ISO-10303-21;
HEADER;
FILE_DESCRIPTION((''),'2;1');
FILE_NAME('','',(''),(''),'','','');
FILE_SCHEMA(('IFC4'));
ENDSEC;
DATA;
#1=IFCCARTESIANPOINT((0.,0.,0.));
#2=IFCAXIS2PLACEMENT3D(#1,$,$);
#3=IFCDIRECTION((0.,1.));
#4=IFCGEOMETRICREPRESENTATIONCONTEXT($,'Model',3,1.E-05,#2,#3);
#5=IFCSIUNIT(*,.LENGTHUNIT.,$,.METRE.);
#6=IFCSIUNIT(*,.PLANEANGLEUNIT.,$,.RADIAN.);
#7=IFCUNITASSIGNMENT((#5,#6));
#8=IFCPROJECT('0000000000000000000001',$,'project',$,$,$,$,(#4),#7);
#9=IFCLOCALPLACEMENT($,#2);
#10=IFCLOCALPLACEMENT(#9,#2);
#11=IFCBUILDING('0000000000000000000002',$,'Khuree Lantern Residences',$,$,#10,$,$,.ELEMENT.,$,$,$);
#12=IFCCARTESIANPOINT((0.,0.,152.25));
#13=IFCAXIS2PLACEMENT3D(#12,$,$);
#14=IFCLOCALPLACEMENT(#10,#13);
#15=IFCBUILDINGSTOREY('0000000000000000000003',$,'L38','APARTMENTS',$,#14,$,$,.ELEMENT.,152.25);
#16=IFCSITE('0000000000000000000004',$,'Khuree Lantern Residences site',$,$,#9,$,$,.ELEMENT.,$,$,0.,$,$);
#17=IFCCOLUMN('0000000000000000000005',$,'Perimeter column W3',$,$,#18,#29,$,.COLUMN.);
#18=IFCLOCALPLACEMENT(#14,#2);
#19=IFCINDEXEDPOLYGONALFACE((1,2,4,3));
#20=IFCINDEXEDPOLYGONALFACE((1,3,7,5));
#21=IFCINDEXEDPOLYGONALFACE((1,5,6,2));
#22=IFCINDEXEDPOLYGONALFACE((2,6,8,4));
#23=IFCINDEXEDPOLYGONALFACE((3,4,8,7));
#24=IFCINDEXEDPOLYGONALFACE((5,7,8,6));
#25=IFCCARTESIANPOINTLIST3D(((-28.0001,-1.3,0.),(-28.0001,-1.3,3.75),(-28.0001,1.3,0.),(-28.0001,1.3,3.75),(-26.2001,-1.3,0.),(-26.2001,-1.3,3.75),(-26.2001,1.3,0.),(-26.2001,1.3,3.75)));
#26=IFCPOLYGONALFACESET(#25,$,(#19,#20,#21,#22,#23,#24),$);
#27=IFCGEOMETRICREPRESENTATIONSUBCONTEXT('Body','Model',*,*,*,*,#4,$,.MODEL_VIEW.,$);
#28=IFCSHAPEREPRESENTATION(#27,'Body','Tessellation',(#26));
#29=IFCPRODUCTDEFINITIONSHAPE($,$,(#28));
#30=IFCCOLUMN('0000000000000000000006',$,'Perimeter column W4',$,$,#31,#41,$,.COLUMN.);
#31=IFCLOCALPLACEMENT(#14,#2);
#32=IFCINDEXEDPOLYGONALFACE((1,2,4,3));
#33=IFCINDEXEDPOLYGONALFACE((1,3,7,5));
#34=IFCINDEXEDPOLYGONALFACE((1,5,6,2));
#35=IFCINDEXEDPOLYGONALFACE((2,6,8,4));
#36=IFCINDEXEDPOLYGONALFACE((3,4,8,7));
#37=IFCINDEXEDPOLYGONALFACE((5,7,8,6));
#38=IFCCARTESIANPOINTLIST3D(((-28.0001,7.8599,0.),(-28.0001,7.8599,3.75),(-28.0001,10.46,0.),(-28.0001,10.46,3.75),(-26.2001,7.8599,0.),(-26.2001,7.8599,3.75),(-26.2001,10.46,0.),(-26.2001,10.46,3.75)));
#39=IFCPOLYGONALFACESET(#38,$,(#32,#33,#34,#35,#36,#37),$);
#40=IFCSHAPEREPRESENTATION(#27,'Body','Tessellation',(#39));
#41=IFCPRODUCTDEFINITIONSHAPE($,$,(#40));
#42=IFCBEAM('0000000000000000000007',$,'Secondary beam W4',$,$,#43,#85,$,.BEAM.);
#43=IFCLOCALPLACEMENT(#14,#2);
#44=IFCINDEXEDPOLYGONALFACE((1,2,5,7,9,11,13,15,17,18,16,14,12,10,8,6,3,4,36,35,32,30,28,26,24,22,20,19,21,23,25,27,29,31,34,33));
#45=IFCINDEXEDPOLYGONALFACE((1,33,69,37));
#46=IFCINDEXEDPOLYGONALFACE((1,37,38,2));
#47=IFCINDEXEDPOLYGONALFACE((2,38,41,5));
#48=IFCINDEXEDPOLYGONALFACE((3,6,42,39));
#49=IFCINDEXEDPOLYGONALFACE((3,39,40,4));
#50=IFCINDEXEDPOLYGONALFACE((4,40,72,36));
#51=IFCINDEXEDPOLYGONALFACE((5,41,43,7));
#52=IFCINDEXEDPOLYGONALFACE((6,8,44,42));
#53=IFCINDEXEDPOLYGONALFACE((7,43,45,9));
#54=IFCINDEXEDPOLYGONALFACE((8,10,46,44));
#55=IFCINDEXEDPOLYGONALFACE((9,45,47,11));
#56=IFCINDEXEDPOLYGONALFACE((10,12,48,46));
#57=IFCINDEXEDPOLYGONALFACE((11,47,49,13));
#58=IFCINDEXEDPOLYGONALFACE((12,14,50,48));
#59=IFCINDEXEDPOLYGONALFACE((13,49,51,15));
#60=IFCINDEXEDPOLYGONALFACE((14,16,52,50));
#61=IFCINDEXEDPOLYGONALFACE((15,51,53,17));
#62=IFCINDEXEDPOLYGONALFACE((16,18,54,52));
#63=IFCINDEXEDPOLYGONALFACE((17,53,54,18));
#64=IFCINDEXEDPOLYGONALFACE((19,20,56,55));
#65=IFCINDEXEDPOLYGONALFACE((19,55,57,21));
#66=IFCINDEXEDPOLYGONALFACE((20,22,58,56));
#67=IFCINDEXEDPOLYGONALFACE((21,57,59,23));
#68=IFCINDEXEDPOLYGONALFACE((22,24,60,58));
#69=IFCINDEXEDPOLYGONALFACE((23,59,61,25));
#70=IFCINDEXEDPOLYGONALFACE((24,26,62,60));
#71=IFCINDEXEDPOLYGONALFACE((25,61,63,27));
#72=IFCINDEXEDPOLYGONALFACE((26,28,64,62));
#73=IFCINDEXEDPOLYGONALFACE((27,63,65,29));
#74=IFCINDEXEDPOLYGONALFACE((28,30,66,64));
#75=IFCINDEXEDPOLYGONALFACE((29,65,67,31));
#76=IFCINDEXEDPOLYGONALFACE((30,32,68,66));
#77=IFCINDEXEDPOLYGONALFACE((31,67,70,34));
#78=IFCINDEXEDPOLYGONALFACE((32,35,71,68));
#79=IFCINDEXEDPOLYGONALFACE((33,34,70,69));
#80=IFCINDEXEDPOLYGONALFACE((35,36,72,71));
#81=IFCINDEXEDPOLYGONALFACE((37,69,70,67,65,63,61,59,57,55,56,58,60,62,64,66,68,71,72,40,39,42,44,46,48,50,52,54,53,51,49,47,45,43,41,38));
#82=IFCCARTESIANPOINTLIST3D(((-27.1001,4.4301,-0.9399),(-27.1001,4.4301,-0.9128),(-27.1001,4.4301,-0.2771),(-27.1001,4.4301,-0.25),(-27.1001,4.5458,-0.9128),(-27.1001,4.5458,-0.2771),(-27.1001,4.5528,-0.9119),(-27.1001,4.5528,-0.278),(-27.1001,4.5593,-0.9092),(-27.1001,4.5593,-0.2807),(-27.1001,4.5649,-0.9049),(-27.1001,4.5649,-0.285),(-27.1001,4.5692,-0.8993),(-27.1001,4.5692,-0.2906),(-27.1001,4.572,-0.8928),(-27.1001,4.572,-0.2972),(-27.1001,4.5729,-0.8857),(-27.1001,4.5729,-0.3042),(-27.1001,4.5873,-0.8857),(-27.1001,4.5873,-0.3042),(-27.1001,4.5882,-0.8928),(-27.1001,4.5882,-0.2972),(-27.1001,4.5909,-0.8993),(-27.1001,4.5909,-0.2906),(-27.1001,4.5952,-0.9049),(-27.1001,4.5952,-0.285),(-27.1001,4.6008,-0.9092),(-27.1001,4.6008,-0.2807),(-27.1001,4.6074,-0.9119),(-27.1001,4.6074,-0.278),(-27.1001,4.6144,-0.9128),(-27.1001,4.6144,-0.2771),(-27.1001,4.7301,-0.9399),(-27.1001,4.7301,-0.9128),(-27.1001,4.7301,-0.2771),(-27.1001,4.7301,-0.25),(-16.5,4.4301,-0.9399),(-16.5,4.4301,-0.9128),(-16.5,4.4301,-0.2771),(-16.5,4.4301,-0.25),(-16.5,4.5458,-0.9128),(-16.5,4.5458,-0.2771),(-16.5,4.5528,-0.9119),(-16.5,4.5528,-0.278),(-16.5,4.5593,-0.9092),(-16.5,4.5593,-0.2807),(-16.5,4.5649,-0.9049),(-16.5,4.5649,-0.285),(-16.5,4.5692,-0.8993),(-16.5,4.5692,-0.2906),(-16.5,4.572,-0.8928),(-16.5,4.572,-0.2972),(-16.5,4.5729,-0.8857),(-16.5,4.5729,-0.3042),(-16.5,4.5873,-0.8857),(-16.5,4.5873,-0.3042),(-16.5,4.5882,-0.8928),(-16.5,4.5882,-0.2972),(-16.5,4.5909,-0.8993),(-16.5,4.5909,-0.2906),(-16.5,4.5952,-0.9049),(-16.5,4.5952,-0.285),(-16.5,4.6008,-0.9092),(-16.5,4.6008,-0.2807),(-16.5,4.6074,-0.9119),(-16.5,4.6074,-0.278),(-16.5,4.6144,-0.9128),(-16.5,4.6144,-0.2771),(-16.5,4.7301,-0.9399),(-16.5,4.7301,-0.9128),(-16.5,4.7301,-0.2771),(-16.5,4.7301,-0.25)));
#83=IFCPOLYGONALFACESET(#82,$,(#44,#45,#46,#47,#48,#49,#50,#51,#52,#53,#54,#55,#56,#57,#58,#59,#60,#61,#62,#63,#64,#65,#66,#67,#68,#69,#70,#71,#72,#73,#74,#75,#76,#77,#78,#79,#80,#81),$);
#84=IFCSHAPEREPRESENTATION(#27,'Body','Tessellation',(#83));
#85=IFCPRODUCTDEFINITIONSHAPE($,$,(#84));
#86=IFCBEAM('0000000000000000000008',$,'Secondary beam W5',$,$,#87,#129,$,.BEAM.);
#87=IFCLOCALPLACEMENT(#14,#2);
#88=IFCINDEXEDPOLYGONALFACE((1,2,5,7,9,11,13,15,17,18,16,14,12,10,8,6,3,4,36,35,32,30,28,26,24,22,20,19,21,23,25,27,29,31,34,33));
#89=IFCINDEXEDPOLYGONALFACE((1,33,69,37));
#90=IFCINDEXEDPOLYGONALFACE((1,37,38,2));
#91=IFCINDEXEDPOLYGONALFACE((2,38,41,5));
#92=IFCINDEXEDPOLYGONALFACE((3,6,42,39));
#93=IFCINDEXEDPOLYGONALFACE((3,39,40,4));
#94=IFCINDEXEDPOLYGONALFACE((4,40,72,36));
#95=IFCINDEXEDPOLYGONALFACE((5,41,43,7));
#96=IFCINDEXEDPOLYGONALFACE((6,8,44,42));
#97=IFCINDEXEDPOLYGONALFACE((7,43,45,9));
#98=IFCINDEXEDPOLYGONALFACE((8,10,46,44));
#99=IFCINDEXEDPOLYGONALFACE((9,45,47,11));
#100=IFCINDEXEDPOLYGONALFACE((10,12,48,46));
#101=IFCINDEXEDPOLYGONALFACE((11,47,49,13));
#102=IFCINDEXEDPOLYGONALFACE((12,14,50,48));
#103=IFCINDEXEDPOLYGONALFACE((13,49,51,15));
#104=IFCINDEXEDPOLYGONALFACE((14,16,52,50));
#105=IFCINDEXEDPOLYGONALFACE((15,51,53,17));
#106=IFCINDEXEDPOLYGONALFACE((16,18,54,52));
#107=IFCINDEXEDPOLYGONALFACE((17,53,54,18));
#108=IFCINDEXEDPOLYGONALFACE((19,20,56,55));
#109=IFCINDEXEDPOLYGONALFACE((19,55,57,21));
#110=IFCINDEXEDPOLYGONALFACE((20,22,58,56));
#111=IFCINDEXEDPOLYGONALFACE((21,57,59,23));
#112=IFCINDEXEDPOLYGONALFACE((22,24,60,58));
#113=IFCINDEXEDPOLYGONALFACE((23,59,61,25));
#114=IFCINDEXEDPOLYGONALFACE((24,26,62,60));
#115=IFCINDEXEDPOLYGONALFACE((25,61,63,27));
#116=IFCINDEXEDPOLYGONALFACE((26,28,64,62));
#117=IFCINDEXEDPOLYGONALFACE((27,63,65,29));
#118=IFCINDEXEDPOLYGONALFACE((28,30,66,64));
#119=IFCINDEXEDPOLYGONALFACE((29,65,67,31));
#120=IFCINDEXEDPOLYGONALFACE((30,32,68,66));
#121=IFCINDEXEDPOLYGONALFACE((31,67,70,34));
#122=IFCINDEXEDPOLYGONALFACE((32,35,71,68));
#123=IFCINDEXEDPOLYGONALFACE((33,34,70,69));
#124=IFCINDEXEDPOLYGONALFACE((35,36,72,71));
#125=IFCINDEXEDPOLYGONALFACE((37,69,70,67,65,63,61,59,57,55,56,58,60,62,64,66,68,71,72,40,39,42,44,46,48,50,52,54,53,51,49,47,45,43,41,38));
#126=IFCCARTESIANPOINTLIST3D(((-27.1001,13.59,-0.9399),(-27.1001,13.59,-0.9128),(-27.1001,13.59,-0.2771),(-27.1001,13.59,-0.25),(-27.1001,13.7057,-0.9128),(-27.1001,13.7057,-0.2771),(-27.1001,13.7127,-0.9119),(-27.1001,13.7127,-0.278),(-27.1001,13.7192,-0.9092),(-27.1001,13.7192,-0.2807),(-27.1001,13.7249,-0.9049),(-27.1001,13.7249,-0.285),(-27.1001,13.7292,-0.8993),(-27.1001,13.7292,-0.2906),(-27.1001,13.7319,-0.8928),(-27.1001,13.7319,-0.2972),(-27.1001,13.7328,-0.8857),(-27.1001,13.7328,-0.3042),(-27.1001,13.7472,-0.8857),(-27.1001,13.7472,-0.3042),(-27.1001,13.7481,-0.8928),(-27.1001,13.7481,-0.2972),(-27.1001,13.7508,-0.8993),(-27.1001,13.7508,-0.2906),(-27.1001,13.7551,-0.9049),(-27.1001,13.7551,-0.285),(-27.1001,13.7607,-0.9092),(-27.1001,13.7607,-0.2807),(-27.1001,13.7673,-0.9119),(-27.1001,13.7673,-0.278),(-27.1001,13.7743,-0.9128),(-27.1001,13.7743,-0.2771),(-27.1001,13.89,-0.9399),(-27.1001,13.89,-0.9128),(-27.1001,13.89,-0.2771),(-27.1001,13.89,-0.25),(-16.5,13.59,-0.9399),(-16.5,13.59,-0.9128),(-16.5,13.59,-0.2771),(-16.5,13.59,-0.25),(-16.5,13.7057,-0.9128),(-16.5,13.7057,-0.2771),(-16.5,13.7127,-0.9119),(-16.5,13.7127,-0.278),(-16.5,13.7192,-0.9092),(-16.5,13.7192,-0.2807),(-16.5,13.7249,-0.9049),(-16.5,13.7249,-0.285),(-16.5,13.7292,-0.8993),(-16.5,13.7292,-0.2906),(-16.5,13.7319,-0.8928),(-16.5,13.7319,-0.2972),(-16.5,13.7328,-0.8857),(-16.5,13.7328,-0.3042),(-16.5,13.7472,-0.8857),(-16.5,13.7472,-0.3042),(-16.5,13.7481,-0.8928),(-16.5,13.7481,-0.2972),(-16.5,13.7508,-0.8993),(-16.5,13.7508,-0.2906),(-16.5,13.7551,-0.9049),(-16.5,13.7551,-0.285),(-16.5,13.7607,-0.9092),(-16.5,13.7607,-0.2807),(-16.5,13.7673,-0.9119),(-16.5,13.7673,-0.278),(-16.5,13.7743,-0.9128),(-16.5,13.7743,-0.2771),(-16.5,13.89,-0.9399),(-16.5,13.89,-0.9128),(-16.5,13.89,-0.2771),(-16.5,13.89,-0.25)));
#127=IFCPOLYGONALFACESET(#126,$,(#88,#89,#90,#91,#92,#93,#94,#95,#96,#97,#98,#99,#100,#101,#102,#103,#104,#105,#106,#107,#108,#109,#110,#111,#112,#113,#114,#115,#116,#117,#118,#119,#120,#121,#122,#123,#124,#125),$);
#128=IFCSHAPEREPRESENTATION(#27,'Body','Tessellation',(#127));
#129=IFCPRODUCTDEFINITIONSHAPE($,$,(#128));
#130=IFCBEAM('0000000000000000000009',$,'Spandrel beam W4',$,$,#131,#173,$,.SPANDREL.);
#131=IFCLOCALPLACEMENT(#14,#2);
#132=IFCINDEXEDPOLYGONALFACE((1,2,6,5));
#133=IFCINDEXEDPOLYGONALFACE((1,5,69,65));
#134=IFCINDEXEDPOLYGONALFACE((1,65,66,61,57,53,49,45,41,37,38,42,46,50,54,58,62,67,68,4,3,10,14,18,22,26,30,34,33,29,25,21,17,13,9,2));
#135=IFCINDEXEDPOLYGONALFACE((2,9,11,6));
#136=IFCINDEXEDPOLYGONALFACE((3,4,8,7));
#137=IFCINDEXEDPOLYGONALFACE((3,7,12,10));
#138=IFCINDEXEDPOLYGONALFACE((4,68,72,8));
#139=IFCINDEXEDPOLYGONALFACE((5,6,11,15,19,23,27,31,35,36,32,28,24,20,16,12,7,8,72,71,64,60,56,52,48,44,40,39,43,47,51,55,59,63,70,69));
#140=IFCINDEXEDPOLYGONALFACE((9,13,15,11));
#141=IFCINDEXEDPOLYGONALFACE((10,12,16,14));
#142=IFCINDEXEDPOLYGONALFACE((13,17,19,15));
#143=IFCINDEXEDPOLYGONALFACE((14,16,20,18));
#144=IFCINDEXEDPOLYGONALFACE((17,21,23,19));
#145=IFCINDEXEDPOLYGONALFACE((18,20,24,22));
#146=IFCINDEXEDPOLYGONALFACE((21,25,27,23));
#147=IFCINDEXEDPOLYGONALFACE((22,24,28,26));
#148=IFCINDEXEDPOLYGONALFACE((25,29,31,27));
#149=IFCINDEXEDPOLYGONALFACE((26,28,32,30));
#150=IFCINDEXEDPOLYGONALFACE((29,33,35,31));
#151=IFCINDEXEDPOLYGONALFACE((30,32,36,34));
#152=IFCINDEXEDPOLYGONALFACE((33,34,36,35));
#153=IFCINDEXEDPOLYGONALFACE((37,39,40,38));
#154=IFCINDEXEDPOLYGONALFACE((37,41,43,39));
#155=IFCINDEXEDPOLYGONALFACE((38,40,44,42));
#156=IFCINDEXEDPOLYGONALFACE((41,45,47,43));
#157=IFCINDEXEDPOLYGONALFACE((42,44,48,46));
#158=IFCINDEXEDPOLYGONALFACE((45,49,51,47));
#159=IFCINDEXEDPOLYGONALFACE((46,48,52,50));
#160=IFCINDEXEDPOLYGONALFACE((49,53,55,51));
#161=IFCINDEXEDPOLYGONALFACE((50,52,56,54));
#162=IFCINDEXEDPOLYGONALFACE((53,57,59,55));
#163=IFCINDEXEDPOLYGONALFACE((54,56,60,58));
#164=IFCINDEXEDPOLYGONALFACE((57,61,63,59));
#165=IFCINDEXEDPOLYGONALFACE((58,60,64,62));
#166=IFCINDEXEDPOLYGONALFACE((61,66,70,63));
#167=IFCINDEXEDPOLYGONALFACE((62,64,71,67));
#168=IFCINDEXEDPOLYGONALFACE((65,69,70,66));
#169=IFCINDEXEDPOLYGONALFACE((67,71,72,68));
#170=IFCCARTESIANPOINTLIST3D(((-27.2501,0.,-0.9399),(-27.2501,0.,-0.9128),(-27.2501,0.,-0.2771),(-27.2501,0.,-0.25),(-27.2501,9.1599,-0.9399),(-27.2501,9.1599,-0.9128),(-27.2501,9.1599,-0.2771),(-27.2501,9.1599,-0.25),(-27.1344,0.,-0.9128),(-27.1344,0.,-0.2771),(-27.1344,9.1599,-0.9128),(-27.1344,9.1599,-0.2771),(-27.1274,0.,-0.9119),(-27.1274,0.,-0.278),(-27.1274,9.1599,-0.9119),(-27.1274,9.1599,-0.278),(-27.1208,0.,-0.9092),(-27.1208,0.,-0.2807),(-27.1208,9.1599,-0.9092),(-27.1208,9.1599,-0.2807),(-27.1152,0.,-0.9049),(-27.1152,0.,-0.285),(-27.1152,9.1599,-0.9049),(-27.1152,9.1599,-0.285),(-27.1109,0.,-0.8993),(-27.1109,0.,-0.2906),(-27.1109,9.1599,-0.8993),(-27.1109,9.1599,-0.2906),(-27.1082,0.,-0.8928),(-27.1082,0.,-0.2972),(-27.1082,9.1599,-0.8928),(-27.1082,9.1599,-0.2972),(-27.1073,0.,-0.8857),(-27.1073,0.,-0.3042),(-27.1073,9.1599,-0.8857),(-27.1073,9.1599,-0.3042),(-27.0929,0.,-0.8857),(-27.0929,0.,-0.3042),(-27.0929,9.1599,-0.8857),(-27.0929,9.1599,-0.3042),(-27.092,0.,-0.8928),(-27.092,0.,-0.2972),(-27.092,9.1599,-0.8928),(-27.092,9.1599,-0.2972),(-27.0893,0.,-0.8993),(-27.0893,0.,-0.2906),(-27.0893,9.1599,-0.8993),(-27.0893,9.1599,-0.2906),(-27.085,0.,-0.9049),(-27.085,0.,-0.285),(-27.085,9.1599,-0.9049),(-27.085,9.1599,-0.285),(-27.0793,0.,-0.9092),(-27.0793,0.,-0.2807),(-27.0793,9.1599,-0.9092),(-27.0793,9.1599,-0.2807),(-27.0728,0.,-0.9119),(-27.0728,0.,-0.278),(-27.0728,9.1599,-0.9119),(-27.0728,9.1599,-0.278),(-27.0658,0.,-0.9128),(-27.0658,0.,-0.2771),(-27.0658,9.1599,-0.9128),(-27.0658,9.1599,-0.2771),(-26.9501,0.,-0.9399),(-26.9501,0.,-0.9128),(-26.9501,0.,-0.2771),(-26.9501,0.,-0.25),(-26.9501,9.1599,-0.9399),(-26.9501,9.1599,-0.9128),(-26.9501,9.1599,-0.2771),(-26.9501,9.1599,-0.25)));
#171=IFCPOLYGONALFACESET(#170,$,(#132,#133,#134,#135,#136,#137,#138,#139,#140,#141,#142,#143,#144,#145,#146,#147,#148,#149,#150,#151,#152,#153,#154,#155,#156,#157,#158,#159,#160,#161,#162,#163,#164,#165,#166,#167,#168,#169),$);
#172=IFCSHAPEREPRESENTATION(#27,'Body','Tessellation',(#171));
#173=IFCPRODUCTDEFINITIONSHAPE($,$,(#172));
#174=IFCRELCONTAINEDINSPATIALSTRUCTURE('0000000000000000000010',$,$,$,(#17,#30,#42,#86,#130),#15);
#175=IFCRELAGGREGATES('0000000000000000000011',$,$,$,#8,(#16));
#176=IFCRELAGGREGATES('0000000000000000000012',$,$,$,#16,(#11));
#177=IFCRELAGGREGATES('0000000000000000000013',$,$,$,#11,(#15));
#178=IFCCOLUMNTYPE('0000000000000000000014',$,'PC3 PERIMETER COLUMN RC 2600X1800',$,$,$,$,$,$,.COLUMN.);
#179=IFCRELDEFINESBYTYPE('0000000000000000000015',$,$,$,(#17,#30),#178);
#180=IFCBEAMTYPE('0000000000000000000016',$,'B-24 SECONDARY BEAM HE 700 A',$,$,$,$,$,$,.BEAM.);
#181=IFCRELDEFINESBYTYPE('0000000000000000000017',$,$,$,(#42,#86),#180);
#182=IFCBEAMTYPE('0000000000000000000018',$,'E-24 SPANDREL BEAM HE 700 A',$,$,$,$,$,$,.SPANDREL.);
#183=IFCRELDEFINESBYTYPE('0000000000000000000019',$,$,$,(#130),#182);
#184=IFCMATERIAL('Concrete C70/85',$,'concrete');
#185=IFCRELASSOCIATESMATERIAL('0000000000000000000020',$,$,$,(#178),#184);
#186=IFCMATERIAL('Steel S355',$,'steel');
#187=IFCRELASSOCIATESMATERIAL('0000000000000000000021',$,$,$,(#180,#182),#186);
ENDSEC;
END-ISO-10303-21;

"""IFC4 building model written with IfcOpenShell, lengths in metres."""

from ifc_helpers import new_model, si_unit, direction, frame, origin, origin_2d, place, context, subcontext, project, spatial, rectangle, i_section, extrude, material, material_profile, profile_set, type_object, element, save


model = new_model("IFC4")

# Units and contexts
model_context = context("Model", 3, precision=1e-05, world=origin(), true_north=direction((0.0, 1.0)))
body_context = subcontext(model_context, "Body", "Model", "MODEL_VIEW")
ifc_project = project(units=[si_unit("LENGTHUNIT", "METRE"), si_unit("PLANEANGLEUNIT", "RADIAN")], contexts=[model_context])

# Site, building, storey
site_placement = place(None, origin())
site = spatial("IfcSite", under=ifc_project, at=site_placement, Name="Khuree Lantern Residences site", CompositionType="ELEMENT", RefElevation=0.0)
building_placement = place(site_placement, origin())
building = spatial("IfcBuilding", under=site, at=building_placement, Name="Khuree Lantern Residences", CompositionType="ELEMENT")
storey_placement = place(building_placement, frame((0.0, 0.0, 152.25)))
storey = spatial("IfcBuildingStorey", under=building, at=storey_placement, Name="L38", Description="APARTMENTS", CompositionType="ELEMENT", Elevation=152.25)

# Columns
ifc_material_1 = material(Name="Concrete C70/85", Category="concrete")
ifc_material_profile_1 = material_profile(ifc_material_1, rectangle(XDim=2.6001, YDim=1.8, at=origin_2d()), Name="RC 2600X1800")
ifc_profile_set_1 = profile_set([ifc_material_profile_1], Name="Concrete C70/85")
column_type = type_object("IfcColumnType", Name="PC3 PERIMETER COLUMN RC 2600X1800", PredefinedType="COLUMN", material=ifc_profile_set_1)
for number, where, z_axis, x_axis, name in (
    (1, (-27.1001, 0.0, 0.0), (0.0, 0.0, 1.0), (0.0, 1.0, 0.0), "Perimeter column W3"),
    (2, (-27.1001, 9.1599, 0.0), (0.0, 0.0, 1.0), (0.0, 1.0, 0.0), "Perimeter column W4"),
):
    element("IfcColumn", number, at=place(storey_placement, frame(where, z_axis=z_axis, x_axis=x_axis)), inside=storey, type_object=column_type, Name=name, PredefinedType="COLUMN", context=body_context, shape_type="SweptSolid", body=[
        extrude(rectangle(XDim=2.6001, YDim=1.8, at=origin_2d()), origin(), (0.0, 0.0, 1.0), 3.75),
    ])

# Beams
ifc_material_2 = material(Name="Steel S355", Category="steel")
ifc_material_profile_2 = material_profile(ifc_material_2, i_section(OverallWidth=0.3, OverallDepth=0.6899, WebThickness=0.0144, FlangeThickness=0.0271, FilletRadius=0.0271, at=origin_2d()), Name="HE 700 A")
ifc_profile_set_2 = profile_set([ifc_material_profile_2], Name="Steel S355")
beam_type_1 = type_object("IfcBeamType", Name="B-24 SECONDARY BEAM HE 700 A", PredefinedType="BEAM", material=ifc_profile_set_2)
for number, where, z_axis, x_axis, name in (
    (3, (-27.1001, 4.5801, -0.595), (1.0, 0.0, 0.0), (0.0, 1.0, 0.0), "Secondary beam W4"),
    (4, (-27.1001, 13.74, -0.595), (1.0, 0.0, 0.0), (0.0, 1.0, 0.0), "Secondary beam W5"),
):
    element("IfcBeam", number, at=place(storey_placement, frame(where, z_axis=z_axis, x_axis=x_axis)), inside=storey, type_object=beam_type_1, Name=name, PredefinedType="BEAM", context=body_context, shape_type="SweptSolid", body=[
        extrude(i_section(OverallWidth=0.3, OverallDepth=0.6899, WebThickness=0.0144, FlangeThickness=0.0271, FilletRadius=0.0271, at=origin_2d()), origin(), (0.0, 0.0, 1.0), 10.6001),
    ])
ifc_material_profile_3 = material_profile(ifc_material_2, i_section(OverallWidth=0.3, OverallDepth=0.6899, WebThickness=0.0144, FlangeThickness=0.0271, FilletRadius=0.0271, at=origin_2d()), Name="HE 700 A")
ifc_profile_set_3 = profile_set([ifc_material_profile_3], Name="Steel S355")
beam_type_2 = type_object("IfcBeamType", Name="E-24 SPANDREL BEAM HE 700 A", PredefinedType="SPANDREL", material=ifc_profile_set_3)
beam_1_placement = place(storey_placement, frame((-27.1001, 0.0, -0.595), z_axis=(0.0, 1.0, 0.0), x_axis=(-1.0, 0.0, 0.0)))
element("IfcBeam", 5, at=beam_1_placement, inside=storey, type_object=beam_type_2, Name="Spandrel beam W4", PredefinedType="SPANDREL", context=body_context, shape_type="SweptSolid", body=[
    extrude(i_section(OverallWidth=0.3, OverallDepth=0.6899, WebThickness=0.0144, FlangeThickness=0.0271, FilletRadius=0.0271, at=origin_2d()), origin(), (0.0, 0.0, 1.0), 9.1599),
])

save(model, "model.ifc")
